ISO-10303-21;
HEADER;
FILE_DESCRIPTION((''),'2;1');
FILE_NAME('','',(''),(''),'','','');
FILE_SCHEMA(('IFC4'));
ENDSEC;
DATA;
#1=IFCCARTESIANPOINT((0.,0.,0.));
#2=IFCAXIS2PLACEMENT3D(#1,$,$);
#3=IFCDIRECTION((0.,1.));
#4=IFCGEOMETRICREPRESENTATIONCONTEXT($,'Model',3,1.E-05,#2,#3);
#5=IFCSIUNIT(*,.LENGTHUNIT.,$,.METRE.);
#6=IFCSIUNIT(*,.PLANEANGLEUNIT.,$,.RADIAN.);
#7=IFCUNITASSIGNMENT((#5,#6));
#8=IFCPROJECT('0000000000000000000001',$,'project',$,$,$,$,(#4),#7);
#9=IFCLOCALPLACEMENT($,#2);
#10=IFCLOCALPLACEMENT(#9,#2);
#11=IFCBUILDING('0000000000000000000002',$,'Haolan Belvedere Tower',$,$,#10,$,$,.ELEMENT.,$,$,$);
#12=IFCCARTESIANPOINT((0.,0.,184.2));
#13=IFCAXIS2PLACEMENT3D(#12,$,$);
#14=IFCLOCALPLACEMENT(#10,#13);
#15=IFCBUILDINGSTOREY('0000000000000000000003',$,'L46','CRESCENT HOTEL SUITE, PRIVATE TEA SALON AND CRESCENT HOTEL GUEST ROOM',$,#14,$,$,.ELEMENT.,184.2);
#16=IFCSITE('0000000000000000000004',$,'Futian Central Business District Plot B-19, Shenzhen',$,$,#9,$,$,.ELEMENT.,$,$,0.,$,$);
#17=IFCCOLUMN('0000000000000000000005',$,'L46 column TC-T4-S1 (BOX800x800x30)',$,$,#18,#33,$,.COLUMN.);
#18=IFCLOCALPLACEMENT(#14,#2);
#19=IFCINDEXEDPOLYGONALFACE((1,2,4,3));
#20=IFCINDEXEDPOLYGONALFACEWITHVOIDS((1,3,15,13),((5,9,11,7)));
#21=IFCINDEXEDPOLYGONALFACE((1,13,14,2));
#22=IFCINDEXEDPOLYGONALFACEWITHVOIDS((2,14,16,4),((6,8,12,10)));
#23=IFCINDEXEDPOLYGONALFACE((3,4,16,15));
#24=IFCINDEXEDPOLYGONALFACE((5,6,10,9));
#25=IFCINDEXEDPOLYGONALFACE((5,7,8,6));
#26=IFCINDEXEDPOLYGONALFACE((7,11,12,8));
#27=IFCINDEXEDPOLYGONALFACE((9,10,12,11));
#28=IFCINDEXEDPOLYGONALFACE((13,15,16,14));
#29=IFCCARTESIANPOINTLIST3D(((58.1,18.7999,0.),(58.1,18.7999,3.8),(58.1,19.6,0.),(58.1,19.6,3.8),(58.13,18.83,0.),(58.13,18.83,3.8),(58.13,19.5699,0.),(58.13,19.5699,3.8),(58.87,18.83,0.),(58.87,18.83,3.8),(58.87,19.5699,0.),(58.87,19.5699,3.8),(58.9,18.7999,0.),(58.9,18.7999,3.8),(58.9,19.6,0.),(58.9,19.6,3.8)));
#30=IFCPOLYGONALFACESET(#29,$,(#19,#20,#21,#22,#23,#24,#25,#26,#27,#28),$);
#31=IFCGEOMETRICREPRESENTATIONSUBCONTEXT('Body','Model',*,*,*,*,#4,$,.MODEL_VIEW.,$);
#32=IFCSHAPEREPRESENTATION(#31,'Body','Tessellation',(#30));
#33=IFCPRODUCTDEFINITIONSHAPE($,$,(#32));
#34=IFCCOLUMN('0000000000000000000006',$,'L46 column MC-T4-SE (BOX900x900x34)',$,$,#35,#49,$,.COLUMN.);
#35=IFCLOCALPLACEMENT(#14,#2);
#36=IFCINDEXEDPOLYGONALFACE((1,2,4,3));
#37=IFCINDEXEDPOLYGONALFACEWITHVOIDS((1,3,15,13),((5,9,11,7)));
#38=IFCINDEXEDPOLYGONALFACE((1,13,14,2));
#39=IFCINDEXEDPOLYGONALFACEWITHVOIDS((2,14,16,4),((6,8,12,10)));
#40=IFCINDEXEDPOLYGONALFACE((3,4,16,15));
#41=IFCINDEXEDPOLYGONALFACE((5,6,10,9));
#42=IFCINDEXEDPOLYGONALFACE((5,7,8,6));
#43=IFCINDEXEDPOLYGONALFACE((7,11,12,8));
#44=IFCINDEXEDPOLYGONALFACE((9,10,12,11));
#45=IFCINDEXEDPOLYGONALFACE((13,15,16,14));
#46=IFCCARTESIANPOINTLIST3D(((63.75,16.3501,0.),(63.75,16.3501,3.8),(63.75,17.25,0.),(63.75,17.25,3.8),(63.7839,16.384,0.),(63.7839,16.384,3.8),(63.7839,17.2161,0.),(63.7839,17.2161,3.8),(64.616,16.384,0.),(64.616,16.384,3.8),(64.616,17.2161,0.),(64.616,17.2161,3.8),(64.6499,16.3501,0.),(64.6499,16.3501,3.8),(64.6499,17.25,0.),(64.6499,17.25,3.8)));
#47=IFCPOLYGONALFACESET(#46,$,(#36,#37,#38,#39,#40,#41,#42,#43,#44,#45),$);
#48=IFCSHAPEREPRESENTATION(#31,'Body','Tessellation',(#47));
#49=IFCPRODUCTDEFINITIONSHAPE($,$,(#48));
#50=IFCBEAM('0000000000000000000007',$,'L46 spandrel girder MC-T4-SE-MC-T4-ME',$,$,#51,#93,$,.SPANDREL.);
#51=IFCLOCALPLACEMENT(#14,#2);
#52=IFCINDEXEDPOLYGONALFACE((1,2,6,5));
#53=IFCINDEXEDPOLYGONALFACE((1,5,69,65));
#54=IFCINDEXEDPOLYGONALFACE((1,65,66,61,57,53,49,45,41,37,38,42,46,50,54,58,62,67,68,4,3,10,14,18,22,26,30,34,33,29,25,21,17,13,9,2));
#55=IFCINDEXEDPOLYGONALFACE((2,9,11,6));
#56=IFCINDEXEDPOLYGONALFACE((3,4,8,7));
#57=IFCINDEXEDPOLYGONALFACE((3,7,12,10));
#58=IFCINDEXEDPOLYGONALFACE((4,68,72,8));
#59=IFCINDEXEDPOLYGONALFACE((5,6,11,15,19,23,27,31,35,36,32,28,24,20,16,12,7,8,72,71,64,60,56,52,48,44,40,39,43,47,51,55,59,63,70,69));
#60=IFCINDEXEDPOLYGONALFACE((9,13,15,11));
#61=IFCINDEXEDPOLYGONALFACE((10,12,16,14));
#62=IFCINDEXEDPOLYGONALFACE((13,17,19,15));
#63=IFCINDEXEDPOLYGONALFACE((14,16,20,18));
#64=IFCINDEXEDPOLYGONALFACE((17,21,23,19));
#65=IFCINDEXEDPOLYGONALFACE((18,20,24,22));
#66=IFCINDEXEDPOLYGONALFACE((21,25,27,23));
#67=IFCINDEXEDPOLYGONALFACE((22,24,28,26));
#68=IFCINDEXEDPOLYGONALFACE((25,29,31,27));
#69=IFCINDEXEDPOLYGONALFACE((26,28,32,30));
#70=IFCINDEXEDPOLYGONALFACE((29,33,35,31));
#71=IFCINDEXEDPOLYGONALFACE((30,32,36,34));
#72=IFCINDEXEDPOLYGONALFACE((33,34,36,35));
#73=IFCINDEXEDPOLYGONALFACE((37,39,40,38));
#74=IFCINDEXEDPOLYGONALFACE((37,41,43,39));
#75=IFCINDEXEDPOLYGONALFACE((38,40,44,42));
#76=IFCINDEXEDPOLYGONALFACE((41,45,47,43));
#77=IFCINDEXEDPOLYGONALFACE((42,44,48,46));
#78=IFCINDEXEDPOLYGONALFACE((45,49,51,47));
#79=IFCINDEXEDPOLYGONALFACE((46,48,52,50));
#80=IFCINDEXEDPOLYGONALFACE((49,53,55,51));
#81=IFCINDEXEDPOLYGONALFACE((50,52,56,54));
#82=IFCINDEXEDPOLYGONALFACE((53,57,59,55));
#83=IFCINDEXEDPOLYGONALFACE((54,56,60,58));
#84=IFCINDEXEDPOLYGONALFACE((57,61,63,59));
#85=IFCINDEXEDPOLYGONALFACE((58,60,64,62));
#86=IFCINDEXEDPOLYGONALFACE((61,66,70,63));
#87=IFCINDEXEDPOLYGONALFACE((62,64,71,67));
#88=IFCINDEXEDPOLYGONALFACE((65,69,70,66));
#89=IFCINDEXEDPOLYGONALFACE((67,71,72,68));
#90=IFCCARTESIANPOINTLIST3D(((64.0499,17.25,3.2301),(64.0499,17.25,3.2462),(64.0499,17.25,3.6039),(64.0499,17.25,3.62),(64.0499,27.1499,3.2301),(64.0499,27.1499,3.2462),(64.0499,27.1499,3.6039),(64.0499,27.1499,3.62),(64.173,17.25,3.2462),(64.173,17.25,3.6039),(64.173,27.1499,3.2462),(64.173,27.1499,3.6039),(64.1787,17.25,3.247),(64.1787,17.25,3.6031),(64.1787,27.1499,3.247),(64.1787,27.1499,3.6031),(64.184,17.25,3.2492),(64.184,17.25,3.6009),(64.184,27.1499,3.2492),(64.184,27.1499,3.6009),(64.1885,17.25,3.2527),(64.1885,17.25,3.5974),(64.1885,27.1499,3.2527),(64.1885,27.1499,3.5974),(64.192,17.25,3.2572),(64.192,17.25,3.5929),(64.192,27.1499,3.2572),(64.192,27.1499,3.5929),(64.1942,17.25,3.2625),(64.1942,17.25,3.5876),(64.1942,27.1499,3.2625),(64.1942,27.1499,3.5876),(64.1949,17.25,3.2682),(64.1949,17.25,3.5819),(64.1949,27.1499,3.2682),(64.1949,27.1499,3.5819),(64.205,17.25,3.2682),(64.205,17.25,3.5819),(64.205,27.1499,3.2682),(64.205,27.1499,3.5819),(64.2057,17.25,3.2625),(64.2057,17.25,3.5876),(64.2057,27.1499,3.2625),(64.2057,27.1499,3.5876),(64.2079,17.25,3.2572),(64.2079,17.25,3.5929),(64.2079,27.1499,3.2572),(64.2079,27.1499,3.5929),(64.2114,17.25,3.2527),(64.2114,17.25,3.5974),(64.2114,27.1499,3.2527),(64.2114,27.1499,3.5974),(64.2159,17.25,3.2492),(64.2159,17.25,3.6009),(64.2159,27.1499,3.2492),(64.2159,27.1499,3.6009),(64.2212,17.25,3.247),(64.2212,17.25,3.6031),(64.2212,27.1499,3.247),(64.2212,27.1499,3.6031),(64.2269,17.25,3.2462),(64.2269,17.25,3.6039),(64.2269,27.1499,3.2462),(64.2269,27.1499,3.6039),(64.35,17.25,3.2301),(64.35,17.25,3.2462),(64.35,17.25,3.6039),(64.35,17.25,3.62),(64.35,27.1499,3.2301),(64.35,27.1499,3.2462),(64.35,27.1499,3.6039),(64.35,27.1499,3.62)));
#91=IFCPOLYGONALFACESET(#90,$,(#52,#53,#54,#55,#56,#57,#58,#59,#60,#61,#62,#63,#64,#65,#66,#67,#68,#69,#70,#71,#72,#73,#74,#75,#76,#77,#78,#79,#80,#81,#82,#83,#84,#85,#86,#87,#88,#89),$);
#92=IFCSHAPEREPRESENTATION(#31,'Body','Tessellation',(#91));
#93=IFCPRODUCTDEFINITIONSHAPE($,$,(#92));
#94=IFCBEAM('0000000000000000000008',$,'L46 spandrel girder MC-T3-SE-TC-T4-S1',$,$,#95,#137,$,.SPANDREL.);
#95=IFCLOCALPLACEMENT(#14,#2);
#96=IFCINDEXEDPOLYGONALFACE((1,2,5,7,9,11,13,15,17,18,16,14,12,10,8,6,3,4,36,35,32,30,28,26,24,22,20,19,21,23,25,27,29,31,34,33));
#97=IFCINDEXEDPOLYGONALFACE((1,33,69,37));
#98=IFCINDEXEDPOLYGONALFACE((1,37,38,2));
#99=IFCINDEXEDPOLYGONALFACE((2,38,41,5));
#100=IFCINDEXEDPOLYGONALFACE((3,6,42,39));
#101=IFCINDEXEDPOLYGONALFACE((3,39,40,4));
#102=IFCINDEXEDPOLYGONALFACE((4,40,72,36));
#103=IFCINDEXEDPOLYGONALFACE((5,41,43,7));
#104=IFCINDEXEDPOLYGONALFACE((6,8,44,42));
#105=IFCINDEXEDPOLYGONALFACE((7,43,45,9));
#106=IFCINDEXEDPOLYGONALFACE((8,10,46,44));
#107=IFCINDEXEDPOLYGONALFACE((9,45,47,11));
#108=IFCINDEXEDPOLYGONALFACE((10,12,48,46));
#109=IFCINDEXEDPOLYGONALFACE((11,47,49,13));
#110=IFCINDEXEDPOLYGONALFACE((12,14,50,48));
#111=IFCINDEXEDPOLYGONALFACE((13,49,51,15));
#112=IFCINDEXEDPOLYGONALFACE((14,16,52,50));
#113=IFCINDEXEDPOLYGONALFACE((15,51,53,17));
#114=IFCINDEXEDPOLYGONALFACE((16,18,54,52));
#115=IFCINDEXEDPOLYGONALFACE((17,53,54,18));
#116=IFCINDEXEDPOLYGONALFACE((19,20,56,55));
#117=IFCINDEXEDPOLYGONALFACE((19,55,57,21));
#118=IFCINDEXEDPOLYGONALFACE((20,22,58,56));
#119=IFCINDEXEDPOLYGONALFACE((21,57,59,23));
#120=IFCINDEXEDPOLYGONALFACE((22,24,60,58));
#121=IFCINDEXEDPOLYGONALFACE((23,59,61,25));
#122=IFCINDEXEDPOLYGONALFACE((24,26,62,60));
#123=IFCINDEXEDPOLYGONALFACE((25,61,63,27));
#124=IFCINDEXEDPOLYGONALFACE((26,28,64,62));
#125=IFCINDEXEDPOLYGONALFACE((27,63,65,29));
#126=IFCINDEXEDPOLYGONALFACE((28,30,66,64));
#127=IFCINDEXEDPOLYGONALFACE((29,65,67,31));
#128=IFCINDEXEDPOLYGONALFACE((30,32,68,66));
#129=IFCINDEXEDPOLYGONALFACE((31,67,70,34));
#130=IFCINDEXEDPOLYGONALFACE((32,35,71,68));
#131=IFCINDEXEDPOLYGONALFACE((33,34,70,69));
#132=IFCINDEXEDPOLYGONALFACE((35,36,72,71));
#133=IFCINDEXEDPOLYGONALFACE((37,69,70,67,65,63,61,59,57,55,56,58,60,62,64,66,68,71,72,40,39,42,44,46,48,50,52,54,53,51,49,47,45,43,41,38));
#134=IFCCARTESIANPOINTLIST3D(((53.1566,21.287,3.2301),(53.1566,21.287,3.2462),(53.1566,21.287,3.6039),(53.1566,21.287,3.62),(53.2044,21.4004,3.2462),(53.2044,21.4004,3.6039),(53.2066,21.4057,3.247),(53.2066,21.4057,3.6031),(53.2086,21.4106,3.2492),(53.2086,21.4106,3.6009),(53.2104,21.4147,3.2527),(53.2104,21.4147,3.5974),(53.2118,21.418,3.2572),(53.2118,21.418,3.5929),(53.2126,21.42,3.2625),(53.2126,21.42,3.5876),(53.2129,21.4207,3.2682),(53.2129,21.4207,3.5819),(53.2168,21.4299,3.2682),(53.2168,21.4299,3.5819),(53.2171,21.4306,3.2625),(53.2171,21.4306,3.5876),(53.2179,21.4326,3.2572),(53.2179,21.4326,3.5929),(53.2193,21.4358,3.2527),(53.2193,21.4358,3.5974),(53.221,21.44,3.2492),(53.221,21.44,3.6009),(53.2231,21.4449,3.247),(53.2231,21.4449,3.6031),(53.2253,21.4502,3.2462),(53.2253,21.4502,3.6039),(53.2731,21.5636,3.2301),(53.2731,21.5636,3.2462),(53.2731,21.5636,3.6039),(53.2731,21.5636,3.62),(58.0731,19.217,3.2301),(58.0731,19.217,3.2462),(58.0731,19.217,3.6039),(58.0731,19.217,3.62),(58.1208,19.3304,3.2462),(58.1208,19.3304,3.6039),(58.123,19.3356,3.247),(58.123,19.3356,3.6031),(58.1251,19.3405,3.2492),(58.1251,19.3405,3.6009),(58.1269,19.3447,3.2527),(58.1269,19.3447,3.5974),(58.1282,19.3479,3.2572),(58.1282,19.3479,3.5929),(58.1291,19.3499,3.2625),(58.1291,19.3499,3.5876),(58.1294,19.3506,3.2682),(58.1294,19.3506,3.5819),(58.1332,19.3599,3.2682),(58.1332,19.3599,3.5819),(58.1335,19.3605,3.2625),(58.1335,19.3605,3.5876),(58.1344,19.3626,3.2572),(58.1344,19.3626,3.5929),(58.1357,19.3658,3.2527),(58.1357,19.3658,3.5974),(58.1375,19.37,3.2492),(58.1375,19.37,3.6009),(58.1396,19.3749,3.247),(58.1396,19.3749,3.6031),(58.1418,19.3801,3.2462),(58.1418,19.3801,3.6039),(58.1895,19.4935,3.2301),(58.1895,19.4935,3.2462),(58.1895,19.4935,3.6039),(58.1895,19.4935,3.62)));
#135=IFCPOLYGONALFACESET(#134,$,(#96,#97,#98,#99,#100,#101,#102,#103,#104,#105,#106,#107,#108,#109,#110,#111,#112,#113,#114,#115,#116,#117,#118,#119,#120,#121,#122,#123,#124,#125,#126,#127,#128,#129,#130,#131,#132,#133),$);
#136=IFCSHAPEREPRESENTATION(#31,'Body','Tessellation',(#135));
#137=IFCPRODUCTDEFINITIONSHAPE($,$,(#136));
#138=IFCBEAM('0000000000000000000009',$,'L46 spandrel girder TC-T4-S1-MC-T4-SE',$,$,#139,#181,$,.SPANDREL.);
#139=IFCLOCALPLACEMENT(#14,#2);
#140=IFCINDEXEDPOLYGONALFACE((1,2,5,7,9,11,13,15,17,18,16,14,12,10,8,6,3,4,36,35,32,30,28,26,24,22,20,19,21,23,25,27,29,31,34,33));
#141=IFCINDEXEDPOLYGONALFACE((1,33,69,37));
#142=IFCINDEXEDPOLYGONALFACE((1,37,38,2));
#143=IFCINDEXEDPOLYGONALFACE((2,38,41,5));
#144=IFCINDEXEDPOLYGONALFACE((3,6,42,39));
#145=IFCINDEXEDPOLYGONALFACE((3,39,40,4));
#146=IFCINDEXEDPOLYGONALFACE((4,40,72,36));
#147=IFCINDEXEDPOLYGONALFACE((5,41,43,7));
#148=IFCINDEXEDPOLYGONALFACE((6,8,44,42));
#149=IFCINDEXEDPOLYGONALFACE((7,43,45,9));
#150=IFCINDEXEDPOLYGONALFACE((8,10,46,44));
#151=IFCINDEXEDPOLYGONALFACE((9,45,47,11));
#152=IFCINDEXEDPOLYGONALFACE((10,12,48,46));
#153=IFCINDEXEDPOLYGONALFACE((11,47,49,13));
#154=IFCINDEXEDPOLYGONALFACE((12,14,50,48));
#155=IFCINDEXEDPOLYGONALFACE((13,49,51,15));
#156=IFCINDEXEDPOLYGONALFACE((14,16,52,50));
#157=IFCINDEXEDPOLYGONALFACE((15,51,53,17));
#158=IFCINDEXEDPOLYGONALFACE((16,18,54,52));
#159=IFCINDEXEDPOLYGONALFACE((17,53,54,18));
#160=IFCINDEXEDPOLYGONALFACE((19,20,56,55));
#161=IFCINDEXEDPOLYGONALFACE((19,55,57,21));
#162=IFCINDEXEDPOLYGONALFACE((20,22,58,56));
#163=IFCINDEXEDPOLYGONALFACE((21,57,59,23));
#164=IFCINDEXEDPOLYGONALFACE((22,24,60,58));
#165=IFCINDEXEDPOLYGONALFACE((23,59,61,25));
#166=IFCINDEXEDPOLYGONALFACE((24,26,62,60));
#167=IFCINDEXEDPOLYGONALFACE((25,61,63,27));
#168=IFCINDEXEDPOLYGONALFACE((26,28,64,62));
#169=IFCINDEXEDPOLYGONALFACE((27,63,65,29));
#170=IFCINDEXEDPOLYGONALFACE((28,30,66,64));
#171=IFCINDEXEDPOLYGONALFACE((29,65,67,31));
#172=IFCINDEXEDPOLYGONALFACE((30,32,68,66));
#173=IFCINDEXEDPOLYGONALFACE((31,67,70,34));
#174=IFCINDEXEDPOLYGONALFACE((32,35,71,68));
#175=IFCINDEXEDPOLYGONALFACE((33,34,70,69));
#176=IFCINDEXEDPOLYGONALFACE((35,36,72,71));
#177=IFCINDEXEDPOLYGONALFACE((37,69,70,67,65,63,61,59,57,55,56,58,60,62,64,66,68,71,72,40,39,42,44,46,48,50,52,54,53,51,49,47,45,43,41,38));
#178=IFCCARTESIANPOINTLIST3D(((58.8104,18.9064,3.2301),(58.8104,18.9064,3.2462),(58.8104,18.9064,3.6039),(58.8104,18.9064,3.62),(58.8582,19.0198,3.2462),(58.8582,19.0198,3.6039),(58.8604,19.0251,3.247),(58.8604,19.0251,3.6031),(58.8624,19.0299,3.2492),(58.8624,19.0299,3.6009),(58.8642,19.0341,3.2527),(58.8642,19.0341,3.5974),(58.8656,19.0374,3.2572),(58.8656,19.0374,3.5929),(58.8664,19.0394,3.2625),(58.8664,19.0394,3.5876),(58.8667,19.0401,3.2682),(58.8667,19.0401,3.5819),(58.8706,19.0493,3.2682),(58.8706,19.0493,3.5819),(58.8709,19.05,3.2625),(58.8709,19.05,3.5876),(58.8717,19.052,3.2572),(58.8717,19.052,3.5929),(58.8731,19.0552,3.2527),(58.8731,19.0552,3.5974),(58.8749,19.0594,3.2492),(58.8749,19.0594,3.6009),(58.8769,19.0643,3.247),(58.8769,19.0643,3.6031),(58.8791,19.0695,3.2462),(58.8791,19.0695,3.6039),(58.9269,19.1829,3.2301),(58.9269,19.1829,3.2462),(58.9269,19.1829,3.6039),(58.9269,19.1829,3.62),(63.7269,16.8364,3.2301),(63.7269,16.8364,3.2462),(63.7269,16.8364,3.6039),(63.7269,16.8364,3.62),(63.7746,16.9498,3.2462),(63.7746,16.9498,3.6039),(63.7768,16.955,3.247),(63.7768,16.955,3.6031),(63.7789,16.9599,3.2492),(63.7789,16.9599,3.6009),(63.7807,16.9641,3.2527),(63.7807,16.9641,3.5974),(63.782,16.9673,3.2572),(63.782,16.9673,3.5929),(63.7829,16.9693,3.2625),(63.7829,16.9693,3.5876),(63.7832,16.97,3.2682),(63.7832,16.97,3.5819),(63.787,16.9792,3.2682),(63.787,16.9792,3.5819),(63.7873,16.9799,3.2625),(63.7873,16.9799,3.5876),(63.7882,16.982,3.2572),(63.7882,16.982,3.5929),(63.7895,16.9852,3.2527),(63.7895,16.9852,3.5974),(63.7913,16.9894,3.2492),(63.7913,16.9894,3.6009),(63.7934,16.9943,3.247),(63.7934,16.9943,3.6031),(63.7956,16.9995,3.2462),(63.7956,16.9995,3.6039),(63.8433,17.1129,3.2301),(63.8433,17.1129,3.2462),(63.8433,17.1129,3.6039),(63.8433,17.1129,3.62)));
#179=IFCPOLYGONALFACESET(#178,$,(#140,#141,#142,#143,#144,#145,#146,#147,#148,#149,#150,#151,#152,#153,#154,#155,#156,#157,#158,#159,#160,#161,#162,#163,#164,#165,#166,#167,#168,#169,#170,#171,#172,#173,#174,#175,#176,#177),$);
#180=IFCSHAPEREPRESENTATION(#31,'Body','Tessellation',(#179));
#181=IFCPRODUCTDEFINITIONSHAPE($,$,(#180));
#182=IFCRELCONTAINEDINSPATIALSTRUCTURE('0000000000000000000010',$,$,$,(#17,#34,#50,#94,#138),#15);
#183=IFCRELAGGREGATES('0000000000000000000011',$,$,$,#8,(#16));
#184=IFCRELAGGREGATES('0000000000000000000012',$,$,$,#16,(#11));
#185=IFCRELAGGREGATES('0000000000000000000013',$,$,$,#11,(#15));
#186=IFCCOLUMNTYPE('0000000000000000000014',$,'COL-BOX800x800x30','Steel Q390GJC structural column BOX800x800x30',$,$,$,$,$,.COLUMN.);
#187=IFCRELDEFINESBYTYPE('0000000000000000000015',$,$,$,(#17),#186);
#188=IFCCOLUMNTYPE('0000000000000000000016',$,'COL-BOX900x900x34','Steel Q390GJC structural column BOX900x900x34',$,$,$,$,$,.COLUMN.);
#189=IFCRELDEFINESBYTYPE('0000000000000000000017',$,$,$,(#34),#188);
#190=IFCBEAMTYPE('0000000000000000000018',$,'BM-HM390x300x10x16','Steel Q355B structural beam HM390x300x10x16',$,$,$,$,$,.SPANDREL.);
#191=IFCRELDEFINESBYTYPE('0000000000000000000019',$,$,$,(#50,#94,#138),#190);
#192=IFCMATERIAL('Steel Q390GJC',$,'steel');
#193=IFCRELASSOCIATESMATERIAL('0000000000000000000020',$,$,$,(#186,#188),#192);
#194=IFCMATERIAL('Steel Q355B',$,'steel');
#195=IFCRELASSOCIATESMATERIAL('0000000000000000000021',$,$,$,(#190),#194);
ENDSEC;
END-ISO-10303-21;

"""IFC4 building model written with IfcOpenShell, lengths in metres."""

from ifc_helpers import new_model, si_unit, direction, frame, origin, origin_2d, place, context, subcontext, project, spatial, hollow_rectangle, i_section, extrude, material, material_profile, profile_set, type_object, element, save


model = new_model("IFC4")

# Units and contexts
model_context = context("Model", 3, precision=1e-05, world=origin(), true_north=direction((0.0, 1.0)))
body_context = subcontext(model_context, "Body", "Model", "MODEL_VIEW")
ifc_project = project(units=[si_unit("LENGTHUNIT", "METRE"), si_unit("PLANEANGLEUNIT", "RADIAN")], contexts=[model_context])

# Site, building, storey
site_placement = place(None, origin())
site = spatial("IfcSite", under=ifc_project, at=site_placement, Name="Futian Central Business District Plot B-19, Shenzhen", CompositionType="ELEMENT", RefElevation=0.0)
building_placement = place(site_placement, origin())
building = spatial("IfcBuilding", under=site, at=building_placement, Name="Haolan Belvedere Tower", CompositionType="ELEMENT")
storey_placement = place(building_placement, frame((0.0, 0.0, 184.2)))
storey = spatial("IfcBuildingStorey", under=building, at=storey_placement, Name="L46", Description="CRESCENT HOTEL SUITE, PRIVATE TEA SALON AND CRESCENT HOTEL GUEST ROOM", CompositionType="ELEMENT", Elevation=184.2)

# Columns
ifc_material_1 = material(Name="Steel Q390GJC", Category="steel")
ifc_material_profile_1 = material_profile(ifc_material_1, hollow_rectangle(XDim=0.8, YDim=0.8, WallThickness=0.03, at=origin_2d()), Name="Steel Q390GJC")
ifc_profile_set_1 = profile_set([ifc_material_profile_1], Name="Steel Q390GJC")
column_type_1 = type_object("IfcColumnType", Name="COL-BOX800x800x30", Description="Steel Q390GJC structural column BOX800x800x30", PredefinedType="COLUMN", material=ifc_profile_set_1)
column_1_placement = place(storey_placement, frame((58.5, 19.2, 0.0), z_axis=(0.0, 0.0, 1.0), x_axis=(1.0, 0.0, 0.0)))
element("IfcColumn", 1, at=column_1_placement, inside=storey, type_object=column_type_1, Name="L46 column TC-T4-S1 (BOX800x800x30)", PredefinedType="COLUMN", context=body_context, shape_type="SweptSolid", body=[
    extrude(hollow_rectangle(XDim=0.8, YDim=0.8, WallThickness=0.03, at=origin_2d()), origin(), (0.0, 0.0, 1.0), 3.8),
])
ifc_material_profile_2 = material_profile(ifc_material_1, hollow_rectangle(XDim=0.8999, YDim=0.8999, WallThickness=0.0339, at=origin_2d()), Name="Steel Q390GJC")
ifc_profile_set_2 = profile_set([ifc_material_profile_2], Name="Steel Q390GJC")
column_type_2 = type_object("IfcColumnType", Name="COL-BOX900x900x34", Description="Steel Q390GJC structural column BOX900x900x34", PredefinedType="COLUMN", material=ifc_profile_set_2)
column_2_placement = place(storey_placement, frame((64.2, 16.8, 0.0), z_axis=(0.0, 0.0, 1.0), x_axis=(1.0, 0.0, 0.0)))
element("IfcColumn", 2, at=column_2_placement, inside=storey, type_object=column_type_2, Name="L46 column MC-T4-SE (BOX900x900x34)", PredefinedType="COLUMN", context=body_context, shape_type="SweptSolid", body=[
    extrude(hollow_rectangle(XDim=0.8999, YDim=0.8999, WallThickness=0.0339, at=origin_2d()), origin(), (0.0, 0.0, 1.0), 3.8),
])

# Beams
ifc_material_2 = material(Name="Steel Q355B", Category="steel")
ifc_material_profile_3 = material_profile(ifc_material_2, i_section(OverallWidth=0.3, OverallDepth=0.3899, WebThickness=0.01, FlangeThickness=0.0161, FilletRadius=0.022, at=origin_2d()), Name="Steel Q355B")
ifc_profile_set_3 = profile_set([ifc_material_profile_3], Name="Steel Q355B")
beam_type_1 = type_object("IfcBeamType", Name="BM-HM390x300x10x16", Description="Steel Q355B structural beam HM390x300x10x16", PredefinedType="SPANDREL", material=ifc_profile_set_3)
beam_1_placement = place(storey_placement, frame((64.2, 17.25, 3.425), z_axis=(0.0, 1.0, 0.0), x_axis=(-1.0, 0.0, 0.0)))
element("IfcBeam", 3, at=beam_1_placement, inside=storey, type_object=beam_type_1, Name="L46 spandrel girder MC-T4-SE-MC-T4-ME", PredefinedType="SPANDREL", context=body_context, shape_type="SweptSolid", body=[
    extrude(i_section(OverallWidth=0.3, OverallDepth=0.3899, WebThickness=0.01, FlangeThickness=0.0161, FilletRadius=0.022, at=origin_2d()), origin(), (0.0, 0.0, 1.0), 9.8999),
])
for number, where, z_axis, x_axis, name in (
    (4, (53.2148, 21.4253, 3.425), (0.921638, -0.388051, 0.0), (0.388051, 0.921638, 0.0), "L46 spandrel girder MC-T3-SE-TC-T4-S1"),
    (5, (58.8687, 19.0447, 3.425), (0.921638, -0.388051, 0.0), (0.388051, 0.921638, 0.0), "L46 spandrel girder TC-T4-S1-MC-T4-SE"),
):
    element("IfcBeam", number, at=place(storey_placement, frame(where, z_axis=z_axis, x_axis=x_axis)), inside=storey, type_object=beam_type_1, Name=name, PredefinedType="SPANDREL", context=body_context, shape_type="SweptSolid", body=[
        extrude(i_section(OverallWidth=0.3, OverallDepth=0.3899, WebThickness=0.01, FlangeThickness=0.0161, FilletRadius=0.022, at=origin_2d()), origin(), (0.0, 0.0, 1.0), 5.3345),
    ])

save(model, "model.ifc")
